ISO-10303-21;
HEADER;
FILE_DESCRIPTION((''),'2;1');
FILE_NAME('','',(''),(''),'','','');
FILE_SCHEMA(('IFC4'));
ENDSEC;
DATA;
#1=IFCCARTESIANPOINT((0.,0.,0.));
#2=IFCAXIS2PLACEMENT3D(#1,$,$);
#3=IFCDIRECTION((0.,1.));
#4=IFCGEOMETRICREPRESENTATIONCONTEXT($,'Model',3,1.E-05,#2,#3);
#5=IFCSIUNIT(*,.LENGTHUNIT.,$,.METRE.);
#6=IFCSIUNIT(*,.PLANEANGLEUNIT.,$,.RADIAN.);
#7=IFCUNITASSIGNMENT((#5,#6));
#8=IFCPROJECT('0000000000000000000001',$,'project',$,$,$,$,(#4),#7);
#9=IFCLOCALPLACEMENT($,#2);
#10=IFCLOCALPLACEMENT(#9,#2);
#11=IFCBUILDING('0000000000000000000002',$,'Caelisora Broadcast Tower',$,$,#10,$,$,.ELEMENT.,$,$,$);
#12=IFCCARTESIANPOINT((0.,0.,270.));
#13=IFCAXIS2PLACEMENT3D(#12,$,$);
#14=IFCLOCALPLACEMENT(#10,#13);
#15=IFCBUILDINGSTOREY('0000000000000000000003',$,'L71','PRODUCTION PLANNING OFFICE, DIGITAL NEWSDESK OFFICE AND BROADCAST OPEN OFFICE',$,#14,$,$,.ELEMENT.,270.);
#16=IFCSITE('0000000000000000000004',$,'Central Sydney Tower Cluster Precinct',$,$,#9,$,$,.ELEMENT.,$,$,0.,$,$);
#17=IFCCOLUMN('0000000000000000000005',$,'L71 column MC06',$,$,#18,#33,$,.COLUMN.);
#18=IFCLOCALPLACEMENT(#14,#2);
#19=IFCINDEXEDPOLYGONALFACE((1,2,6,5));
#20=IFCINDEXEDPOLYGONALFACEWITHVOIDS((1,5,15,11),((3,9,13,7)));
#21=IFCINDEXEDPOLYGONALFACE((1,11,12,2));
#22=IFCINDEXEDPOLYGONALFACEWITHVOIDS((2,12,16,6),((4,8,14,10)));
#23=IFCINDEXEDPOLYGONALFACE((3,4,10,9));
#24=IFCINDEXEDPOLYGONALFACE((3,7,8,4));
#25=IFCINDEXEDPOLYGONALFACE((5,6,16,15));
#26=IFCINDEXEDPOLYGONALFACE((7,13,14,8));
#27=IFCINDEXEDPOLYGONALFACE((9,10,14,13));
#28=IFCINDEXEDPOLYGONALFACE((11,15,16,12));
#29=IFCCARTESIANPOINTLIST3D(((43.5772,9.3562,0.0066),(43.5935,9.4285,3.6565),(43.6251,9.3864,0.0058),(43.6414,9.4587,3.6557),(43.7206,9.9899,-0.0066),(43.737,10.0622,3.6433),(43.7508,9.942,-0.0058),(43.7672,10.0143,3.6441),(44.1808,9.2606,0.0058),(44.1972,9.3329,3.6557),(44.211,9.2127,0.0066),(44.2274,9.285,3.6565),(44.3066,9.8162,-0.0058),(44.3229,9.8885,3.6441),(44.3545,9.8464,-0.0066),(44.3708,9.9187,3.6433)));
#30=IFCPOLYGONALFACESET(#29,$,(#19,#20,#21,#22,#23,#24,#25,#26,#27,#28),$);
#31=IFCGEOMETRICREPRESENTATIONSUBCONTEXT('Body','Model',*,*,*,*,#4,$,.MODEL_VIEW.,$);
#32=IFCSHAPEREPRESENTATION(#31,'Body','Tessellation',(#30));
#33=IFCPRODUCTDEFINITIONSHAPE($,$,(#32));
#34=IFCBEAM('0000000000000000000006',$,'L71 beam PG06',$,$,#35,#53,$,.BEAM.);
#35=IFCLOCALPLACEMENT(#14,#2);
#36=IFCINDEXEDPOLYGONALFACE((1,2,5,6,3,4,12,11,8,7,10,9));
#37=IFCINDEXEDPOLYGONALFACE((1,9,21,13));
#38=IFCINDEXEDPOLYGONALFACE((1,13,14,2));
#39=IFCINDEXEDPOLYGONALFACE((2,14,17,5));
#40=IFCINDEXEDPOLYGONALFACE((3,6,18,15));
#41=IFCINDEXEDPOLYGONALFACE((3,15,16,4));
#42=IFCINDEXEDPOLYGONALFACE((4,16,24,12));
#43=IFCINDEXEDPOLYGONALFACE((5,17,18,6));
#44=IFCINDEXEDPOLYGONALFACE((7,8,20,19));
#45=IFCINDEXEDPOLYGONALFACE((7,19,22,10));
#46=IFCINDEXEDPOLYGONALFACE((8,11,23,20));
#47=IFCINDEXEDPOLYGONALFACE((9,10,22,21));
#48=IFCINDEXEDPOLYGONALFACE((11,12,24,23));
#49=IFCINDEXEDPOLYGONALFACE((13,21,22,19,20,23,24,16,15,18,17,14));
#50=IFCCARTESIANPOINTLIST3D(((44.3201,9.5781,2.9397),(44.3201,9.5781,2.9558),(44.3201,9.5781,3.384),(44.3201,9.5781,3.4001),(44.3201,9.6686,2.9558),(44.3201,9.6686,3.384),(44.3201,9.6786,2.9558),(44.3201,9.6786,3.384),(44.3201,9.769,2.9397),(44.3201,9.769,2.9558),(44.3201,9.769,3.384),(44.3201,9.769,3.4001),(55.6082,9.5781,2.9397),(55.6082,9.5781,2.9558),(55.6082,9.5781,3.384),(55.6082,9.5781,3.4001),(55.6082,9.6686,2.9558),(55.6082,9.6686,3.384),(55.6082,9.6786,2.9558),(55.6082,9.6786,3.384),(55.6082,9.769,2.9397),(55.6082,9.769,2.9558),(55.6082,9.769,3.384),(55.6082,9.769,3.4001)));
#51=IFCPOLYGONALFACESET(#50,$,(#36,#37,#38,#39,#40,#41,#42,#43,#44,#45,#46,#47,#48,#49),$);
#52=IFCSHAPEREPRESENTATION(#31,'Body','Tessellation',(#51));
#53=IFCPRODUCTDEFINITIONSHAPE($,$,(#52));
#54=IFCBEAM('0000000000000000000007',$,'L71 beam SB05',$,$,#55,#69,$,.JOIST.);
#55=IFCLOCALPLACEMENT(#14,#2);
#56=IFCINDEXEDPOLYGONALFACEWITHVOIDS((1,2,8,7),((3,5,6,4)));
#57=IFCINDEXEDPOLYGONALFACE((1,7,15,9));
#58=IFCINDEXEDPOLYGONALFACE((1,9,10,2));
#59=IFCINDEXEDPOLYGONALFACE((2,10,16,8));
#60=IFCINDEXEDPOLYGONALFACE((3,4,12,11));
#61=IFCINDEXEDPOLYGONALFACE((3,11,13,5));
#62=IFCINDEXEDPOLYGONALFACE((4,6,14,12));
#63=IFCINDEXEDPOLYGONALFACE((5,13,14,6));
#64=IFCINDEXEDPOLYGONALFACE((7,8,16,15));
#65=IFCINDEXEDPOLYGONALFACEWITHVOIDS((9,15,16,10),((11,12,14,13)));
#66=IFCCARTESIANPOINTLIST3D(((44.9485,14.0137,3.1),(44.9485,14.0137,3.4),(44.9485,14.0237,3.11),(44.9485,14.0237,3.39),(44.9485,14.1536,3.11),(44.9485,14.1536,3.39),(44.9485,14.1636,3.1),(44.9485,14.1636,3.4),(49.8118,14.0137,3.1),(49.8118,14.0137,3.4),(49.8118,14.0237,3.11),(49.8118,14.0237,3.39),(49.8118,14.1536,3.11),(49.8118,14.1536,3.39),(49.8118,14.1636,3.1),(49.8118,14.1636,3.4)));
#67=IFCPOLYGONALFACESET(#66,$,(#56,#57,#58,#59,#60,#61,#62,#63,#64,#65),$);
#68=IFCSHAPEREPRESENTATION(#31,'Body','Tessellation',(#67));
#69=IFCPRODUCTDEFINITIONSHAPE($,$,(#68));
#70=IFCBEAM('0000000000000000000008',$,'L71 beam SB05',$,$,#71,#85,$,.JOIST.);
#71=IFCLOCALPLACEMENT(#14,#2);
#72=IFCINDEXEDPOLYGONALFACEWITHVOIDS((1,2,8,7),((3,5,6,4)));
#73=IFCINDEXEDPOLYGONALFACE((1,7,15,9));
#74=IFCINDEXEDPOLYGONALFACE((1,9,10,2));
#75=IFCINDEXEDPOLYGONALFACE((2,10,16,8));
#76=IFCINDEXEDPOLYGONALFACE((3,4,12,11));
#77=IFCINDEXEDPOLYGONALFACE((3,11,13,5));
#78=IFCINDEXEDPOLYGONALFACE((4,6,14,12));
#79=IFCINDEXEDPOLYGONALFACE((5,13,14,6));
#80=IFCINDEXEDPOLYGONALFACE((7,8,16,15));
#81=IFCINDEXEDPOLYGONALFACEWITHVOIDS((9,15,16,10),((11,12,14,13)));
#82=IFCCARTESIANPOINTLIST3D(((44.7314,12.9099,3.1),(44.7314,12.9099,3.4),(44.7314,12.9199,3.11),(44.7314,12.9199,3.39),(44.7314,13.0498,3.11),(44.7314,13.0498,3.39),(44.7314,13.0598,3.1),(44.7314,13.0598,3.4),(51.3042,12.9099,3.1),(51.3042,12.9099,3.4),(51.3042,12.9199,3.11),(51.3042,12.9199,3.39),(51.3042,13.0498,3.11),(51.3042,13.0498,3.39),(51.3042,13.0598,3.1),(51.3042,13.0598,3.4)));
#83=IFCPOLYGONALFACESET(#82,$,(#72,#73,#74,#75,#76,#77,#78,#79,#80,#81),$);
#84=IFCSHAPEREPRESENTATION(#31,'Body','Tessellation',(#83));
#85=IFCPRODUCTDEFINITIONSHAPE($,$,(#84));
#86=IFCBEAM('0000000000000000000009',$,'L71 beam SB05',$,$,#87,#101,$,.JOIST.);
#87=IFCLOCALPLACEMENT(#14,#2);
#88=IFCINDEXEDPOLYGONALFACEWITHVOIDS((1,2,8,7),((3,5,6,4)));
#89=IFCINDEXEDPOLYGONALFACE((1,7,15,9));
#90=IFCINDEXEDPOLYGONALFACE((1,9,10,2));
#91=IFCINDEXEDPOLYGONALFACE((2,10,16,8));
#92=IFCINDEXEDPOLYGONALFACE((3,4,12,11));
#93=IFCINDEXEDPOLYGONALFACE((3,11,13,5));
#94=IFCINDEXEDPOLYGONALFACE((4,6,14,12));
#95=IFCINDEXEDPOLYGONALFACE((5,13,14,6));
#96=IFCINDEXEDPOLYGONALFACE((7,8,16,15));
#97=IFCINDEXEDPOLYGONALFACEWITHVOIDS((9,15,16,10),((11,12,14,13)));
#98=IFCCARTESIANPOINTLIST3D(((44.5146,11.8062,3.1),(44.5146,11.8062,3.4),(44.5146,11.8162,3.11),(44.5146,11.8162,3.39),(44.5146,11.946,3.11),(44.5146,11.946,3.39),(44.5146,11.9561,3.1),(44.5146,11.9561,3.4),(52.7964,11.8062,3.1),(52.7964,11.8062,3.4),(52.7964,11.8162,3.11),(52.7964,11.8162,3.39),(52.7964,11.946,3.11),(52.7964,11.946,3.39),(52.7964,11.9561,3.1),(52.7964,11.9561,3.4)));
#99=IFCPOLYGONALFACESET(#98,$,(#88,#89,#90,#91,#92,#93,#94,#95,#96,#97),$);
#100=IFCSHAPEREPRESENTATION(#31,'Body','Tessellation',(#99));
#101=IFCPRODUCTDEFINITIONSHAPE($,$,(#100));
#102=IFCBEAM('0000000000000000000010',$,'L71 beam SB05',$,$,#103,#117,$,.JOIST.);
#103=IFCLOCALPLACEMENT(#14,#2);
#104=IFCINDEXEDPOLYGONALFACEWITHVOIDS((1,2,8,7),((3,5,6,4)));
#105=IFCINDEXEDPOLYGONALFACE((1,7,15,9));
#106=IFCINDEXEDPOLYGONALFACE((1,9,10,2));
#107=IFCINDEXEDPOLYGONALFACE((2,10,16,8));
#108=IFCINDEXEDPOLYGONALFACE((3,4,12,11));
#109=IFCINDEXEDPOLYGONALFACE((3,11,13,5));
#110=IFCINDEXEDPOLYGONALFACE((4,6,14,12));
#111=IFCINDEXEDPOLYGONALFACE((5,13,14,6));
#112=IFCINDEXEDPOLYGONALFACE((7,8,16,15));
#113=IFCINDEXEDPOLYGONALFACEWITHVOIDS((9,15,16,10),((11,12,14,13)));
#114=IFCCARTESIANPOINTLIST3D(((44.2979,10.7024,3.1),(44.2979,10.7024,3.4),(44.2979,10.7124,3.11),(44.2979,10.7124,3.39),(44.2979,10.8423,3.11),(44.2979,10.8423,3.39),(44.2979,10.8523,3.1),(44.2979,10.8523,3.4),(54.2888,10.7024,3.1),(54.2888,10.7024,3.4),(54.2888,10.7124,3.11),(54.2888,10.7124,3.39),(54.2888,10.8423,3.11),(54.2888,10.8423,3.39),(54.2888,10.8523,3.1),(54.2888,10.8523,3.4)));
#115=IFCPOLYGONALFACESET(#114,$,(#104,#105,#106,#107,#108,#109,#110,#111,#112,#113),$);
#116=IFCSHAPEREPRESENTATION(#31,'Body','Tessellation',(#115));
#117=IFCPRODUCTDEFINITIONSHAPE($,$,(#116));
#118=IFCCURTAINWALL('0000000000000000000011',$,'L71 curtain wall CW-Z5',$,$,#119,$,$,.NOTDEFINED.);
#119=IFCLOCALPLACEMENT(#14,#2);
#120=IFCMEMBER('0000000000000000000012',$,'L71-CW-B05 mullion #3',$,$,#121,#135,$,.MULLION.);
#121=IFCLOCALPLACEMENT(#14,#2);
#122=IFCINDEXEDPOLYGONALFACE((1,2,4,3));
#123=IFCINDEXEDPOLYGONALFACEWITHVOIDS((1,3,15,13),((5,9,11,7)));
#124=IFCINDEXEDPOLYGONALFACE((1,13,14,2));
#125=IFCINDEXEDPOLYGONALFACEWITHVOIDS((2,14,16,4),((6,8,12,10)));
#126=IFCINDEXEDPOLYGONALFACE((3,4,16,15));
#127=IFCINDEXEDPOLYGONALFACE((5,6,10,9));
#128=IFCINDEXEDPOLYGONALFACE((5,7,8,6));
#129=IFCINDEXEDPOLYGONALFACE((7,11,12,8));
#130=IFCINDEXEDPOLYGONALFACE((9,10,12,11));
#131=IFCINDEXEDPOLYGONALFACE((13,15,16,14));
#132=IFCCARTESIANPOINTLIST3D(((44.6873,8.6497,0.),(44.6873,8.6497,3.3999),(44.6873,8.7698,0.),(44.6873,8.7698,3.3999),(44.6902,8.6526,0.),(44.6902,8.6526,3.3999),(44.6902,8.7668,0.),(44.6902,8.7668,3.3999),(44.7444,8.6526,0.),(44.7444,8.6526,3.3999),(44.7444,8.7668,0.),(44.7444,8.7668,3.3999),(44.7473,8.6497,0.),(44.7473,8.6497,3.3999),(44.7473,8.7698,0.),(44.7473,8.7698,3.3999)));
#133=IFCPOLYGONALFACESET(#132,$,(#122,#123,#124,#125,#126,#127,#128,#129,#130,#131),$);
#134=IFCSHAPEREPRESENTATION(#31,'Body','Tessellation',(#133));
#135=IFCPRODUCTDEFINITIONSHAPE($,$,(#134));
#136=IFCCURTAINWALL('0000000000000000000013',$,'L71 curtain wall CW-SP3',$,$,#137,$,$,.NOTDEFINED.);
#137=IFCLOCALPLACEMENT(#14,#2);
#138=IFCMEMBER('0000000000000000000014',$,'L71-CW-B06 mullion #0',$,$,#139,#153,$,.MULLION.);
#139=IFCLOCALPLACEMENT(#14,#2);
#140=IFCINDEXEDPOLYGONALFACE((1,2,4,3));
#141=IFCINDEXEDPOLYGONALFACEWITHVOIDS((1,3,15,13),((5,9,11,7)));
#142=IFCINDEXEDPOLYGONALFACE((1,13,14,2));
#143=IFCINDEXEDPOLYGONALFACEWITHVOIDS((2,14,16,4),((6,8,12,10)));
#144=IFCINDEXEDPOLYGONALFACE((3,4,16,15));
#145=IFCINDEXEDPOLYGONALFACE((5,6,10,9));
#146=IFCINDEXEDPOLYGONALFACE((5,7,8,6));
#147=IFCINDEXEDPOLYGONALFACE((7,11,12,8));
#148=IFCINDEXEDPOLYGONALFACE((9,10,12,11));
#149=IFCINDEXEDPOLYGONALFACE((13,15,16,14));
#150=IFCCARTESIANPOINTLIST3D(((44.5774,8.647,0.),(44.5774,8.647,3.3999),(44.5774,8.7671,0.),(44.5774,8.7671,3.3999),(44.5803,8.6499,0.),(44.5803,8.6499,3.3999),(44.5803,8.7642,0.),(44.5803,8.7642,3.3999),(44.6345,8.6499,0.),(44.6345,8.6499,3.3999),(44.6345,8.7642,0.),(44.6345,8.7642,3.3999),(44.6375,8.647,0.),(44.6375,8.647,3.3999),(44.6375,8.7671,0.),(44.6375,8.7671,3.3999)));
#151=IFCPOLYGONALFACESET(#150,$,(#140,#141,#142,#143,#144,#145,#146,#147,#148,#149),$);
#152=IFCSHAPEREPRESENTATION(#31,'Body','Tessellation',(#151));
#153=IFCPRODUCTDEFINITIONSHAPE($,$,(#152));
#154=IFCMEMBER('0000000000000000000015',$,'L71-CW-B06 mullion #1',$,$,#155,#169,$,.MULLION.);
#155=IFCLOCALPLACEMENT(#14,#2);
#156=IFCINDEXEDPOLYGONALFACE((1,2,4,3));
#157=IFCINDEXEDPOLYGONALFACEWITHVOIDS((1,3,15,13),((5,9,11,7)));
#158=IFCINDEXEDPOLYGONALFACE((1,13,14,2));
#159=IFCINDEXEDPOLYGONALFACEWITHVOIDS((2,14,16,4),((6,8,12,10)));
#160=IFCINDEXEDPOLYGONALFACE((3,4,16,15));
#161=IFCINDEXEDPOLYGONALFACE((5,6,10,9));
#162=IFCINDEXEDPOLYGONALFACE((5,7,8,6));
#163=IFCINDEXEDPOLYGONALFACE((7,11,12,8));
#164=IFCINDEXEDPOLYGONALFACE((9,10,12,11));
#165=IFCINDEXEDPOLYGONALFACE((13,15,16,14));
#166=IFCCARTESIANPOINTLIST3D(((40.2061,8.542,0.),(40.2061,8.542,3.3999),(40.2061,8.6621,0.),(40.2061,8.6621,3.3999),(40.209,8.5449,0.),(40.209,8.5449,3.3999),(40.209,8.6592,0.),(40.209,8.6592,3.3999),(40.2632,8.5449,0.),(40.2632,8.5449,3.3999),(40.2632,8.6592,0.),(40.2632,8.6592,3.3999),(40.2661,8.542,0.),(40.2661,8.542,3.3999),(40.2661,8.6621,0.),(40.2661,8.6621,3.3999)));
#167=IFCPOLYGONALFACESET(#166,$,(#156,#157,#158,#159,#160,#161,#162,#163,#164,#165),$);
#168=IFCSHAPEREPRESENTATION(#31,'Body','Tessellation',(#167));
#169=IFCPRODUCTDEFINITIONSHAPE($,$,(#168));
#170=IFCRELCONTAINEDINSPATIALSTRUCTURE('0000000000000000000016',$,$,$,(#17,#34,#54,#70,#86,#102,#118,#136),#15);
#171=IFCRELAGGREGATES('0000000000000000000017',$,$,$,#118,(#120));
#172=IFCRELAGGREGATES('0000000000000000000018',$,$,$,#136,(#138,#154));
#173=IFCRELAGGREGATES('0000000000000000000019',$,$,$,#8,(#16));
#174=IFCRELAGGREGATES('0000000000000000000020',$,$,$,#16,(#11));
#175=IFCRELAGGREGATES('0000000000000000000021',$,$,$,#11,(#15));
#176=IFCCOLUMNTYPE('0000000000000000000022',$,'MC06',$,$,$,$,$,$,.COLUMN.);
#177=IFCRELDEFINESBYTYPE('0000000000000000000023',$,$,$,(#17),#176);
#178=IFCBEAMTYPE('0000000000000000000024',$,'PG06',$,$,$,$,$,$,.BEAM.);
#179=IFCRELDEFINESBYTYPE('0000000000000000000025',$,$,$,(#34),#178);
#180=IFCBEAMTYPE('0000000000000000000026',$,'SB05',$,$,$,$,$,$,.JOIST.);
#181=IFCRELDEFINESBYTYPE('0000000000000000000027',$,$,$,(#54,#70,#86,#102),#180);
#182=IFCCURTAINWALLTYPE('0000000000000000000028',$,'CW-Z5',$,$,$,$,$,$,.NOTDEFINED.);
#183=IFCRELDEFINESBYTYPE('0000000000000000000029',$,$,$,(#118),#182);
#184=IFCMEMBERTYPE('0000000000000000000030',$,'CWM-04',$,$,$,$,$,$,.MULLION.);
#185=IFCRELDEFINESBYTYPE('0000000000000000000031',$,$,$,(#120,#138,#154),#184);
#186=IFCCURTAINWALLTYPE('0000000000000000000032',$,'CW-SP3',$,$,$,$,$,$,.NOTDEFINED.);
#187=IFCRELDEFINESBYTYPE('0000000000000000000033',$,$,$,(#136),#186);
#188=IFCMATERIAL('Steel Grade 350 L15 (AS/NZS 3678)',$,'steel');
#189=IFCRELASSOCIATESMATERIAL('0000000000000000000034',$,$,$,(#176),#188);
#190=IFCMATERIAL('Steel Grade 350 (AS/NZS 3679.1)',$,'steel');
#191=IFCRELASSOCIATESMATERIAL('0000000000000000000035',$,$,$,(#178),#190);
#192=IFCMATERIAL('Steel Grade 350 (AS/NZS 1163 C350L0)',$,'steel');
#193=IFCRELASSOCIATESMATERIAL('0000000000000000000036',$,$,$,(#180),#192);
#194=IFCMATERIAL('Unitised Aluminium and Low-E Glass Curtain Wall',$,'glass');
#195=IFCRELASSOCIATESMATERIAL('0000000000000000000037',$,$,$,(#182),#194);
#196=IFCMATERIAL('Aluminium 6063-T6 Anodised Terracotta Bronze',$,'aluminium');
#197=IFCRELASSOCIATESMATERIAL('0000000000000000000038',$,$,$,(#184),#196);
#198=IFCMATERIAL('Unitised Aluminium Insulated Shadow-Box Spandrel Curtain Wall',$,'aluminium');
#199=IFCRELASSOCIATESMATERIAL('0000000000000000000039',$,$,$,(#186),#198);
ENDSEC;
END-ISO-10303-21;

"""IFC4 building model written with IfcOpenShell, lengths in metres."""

from ifc_helpers import new_model, si_unit, direction, frame, origin, origin_2d, place, context, subcontext, project, spatial, hollow_rectangle, i_section, extrude, source, transform, mapped, material, material_profile, profile_set, type_object, type_shapes, element, aggregate, save


model = new_model("IFC4")

# Units and contexts
model_context = context("Model", 3, precision=1e-05, world=origin(), true_north=direction((0.0, 1.0)))
body_context = subcontext(model_context, "Body", "Model", "MODEL_VIEW")
ifc_project = project(units=[si_unit("LENGTHUNIT", "METRE"), si_unit("PLANEANGLEUNIT", "RADIAN")], contexts=[model_context])

# Site, building, storey
site_placement = place(None, origin())
site = spatial("IfcSite", under=ifc_project, at=site_placement, Name="Central Sydney Tower Cluster Precinct", CompositionType="ELEMENT", RefElevation=0.0)
building_placement = place(site_placement, origin())
building = spatial("IfcBuilding", under=site, at=building_placement, Name="Caelisora Broadcast Tower", CompositionType="ELEMENT")
storey_placement = place(building_placement, frame((0.0, 0.0, 270.0)))
storey = spatial("IfcBuildingStorey", under=building, at=storey_placement, Name="L71", Description="PRODUCTION PLANNING OFFICE, DIGITAL NEWSDESK OFFICE AND BROADCAST OPEN OFFICE", CompositionType="ELEMENT", Elevation=270.0)

# Column
ifc_material_1 = material(Name="Steel Grade 350 L15 (AS/NZS 3678)", Category="steel")
ifc_material_profile_1 = material_profile(ifc_material_1, hollow_rectangle(XDim=0.6499, YDim=0.6499, WallThickness=0.04, at=origin_2d()), Name="Steel Grade 350 L15 (AS/NZS 3678)")
ifc_profile_set_1 = profile_set([ifc_material_profile_1], Name="Steel Grade 350 L15 (AS/NZS 3678)")
column_type = type_object("IfcColumnType", Name="MC06", PredefinedType="COLUMN", material=ifc_profile_set_1)
shared_shape_1 = source(origin(), body_context, "Body", "SweptSolid", [
    extrude(hollow_rectangle(XDim=0.6499, YDim=0.6499, WallThickness=0.04, at=origin_2d()), origin(), (0.0, 0.0, 1.0), 3.6506),
])
type_shapes(column_type, [shared_shape_1])
column_placement = place(storey_placement, frame((43.9658, 9.6013, 0.0), z_axis=(0.004481, 0.019795, 0.999794), x_axis=(-0.975327, 0.220767, 0.0)))
element("IfcColumn", 1, at=column_placement, inside=storey, type_object=column_type, Name="L71 column MC06", PredefinedType="COLUMN", context=body_context, shape_type="MappedRepresentation", body=[
    mapped(shared_shape_1, transform((0.0, 0.0, 0.0), scale=1.0)),
])

# Beams
ifc_material_2 = material(Name="Steel Grade 350 (AS/NZS 3679.1)", Category="steel")
ifc_material_profile_2 = material_profile(ifc_material_2, i_section(OverallWidth=0.1909, OverallDepth=0.4604, WebThickness=0.01, FlangeThickness=0.0161, at=origin_2d()), Name="Steel Grade 350 (AS/NZS 3679.1)")
ifc_profile_set_2 = profile_set([ifc_material_profile_2], Name="Steel Grade 350 (AS/NZS 3679.1)")
beam_type_1 = type_object("IfcBeamType", Name="PG06", PredefinedType="BEAM", material=ifc_profile_set_2)
shared_shape_2 = source(origin(), body_context, "Body", "SweptSolid", [
    extrude(i_section(OverallWidth=0.1909, OverallDepth=0.4604, WebThickness=0.01, FlangeThickness=0.0161, at=origin_2d()), origin(), (0.0, 0.0, 1.0), 11.2881),
])
type_shapes(beam_type_1, [shared_shape_2])
beam_1_placement = place(storey_placement, frame((44.3201, 9.6736, 3.1699), z_axis=(1.0, 0.0, 0.0), x_axis=(0.0, 1.0, 0.0)))
element("IfcBeam", 2, at=beam_1_placement, inside=storey, type_object=beam_type_1, Name="L71 beam PG06", PredefinedType="BEAM", context=body_context, shape_type="MappedRepresentation", body=[
    mapped(shared_shape_2, transform((0.0, 0.0, 0.0), scale=1.0)),
])
ifc_material_3 = material(Name="Steel Grade 350 (AS/NZS 1163 C350L0)", Category="steel")
ifc_material_profile_3 = material_profile(ifc_material_3, hollow_rectangle(XDim=0.1499, YDim=0.3, WallThickness=0.01, at=origin_2d()), Name="Steel Grade 350 (AS/NZS 1163 C350L0)")
ifc_profile_set_3 = profile_set([ifc_material_profile_3], Name="Steel Grade 350 (AS/NZS 1163 C350L0)")
beam_type_2 = type_object("IfcBeamType", Name="SB05", PredefinedType="JOIST", material=ifc_profile_set_3)
shared_shape_3 = source(origin(), body_context, "Body", "SweptSolid", [
    extrude(hollow_rectangle(XDim=0.1499, YDim=0.3, WallThickness=0.01, at=origin_2d()), origin(), (0.0, 0.0, 1.0), 4.8633),
])
beam_2_placement = place(storey_placement, frame((44.9485, 14.0886, 3.25), z_axis=(1.0, 0.0, 0.0), x_axis=(0.0, 1.0, 0.0)))
element("IfcBeam", 3, at=beam_2_placement, inside=storey, type_object=beam_type_2, Name="L71 beam SB05", PredefinedType="JOIST", context=body_context, shape_type="MappedRepresentation", body=[
    mapped(shared_shape_3, transform((0.0, 0.0, 0.0), scale=1.0)),
])
shared_shape_4 = source(origin(), body_context, "Body", "SweptSolid", [
    extrude(hollow_rectangle(XDim=0.1499, YDim=0.3, WallThickness=0.01, at=origin_2d()), origin(), (0.0, 0.0, 1.0), 6.5728),
])
beam_3_placement = place(storey_placement, frame((44.7314, 12.9849, 3.25), z_axis=(1.0, 0.0, 0.0), x_axis=(0.0, 1.0, 0.0)))
element("IfcBeam", 4, at=beam_3_placement, inside=storey, type_object=beam_type_2, Name="L71 beam SB05", PredefinedType="JOIST", context=body_context, shape_type="MappedRepresentation", body=[
    mapped(shared_shape_4, transform((0.0, 0.0, 0.0), scale=1.0)),
])
shared_shape_5 = source(origin(), body_context, "Body", "SweptSolid", [
    extrude(hollow_rectangle(XDim=0.1499, YDim=0.3, WallThickness=0.01, at=origin_2d()), origin(), (0.0, 0.0, 1.0), 8.2817),
])
beam_4_placement = place(storey_placement, frame((44.5146, 11.8811, 3.25), z_axis=(1.0, 0.0, 0.0), x_axis=(0.0, 1.0, 0.0)))
element("IfcBeam", 5, at=beam_4_placement, inside=storey, type_object=beam_type_2, Name="L71 beam SB05", PredefinedType="JOIST", context=body_context, shape_type="MappedRepresentation", body=[
    mapped(shared_shape_5, transform((0.0, 0.0, 0.0), scale=1.0)),
])
shared_shape_6 = source(origin(), body_context, "Body", "SweptSolid", [
    extrude(hollow_rectangle(XDim=0.1499, YDim=0.3, WallThickness=0.01, at=origin_2d()), origin(), (0.0, 0.0, 1.0), 9.991),
])
type_shapes(beam_type_2, [shared_shape_3, shared_shape_4, shared_shape_5, shared_shape_6])
beam_5_placement = place(storey_placement, frame((44.2979, 10.7773, 3.25), z_axis=(1.0, 0.0, 0.0), x_axis=(0.0, 1.0, 0.0)))
element("IfcBeam", 6, at=beam_5_placement, inside=storey, type_object=beam_type_2, Name="L71 beam SB05", PredefinedType="JOIST", context=body_context, shape_type="MappedRepresentation", body=[
    mapped(shared_shape_6, transform((0.0, 0.0, 0.0), scale=1.0)),
])

# Curtain wall, member
ifc_material_4 = material(Name="Unitised Aluminium and Low-E Glass Curtain Wall", Category="glass")
curtain_wall_type_1 = type_object("IfcCurtainWallType", Name="CW-Z5", PredefinedType="NOTDEFINED", material=ifc_material_4)
curtain_wall_1_placement = place(storey_placement, origin())
curtain_wall_1 = element("IfcCurtainWall", 7, at=curtain_wall_1_placement, inside=storey, type_object=curtain_wall_type_1, Name="L71 curtain wall CW-Z5", PredefinedType="NOTDEFINED")
ifc_material_5 = material(Name="Aluminium 6063-T6 Anodised Terracotta Bronze", Category="aluminium")
ifc_material_profile_4 = material_profile(ifc_material_5, hollow_rectangle(XDim=0.0601, YDim=0.1201, WallThickness=0.0029, at=origin_2d()), Name="Aluminium 6063-T6 Anodised Terracotta Bronze")
ifc_profile_set_4 = profile_set([ifc_material_profile_4], Name="Aluminium 6063-T6 Anodised Terracotta Bronze")
member_type_1 = type_object("IfcMemberType", Name="CWM-04", PredefinedType="MULLION", material=ifc_profile_set_4)
shared_shape_7 = source(origin(), body_context, "Body", "SweptSolid", [
    extrude(hollow_rectangle(XDim=0.0601, YDim=0.1201, WallThickness=0.0029, at=origin_2d()), origin(), (0.0, 0.0, 1.0), 3.3999),
])
type_shapes(member_type_1, [shared_shape_7])
member_1_placement = place(storey_placement, frame((44.7173, 8.7097, 0.0), z_axis=(0.0, 0.0, 1.0), x_axis=(1.0, 0.0, 0.0)))
member_1 = element("IfcMember", 8, at=member_1_placement, type_object=member_type_1, Name="L71-CW-B05 mullion #3", PredefinedType="MULLION", context=body_context, shape_type="MappedRepresentation", body=[
    mapped(shared_shape_7, transform((0.0, 0.0, 0.0), scale=1.0)),
])
aggregate(curtain_wall_1, [member_1])

# Curtain wall, members
ifc_material_6 = material(Name="Unitised Aluminium Insulated Shadow-Box Spandrel Curtain Wall", Category="aluminium")
curtain_wall_type_2 = type_object("IfcCurtainWallType", Name="CW-SP3", PredefinedType="NOTDEFINED", material=ifc_material_6)
curtain_wall_2_placement = place(storey_placement, origin())
curtain_wall_2 = element("IfcCurtainWall", 9, at=curtain_wall_2_placement, inside=storey, type_object=curtain_wall_type_2, Name="L71 curtain wall CW-SP3", PredefinedType="NOTDEFINED")
member_2_placement = place(storey_placement, frame((44.6074, 8.707, 0.0), z_axis=(0.0, 0.0, 1.0), x_axis=(1.0, 0.0, 0.0)))
member_2 = element("IfcMember", 10, at=member_2_placement, type_object=member_type_1, Name="L71-CW-B06 mullion #0", PredefinedType="MULLION", context=body_context, shape_type="MappedRepresentation", body=[
    mapped(shared_shape_7, transform((0.0, 0.0, 0.0), scale=1.0)),
])
member_3_placement = place(storey_placement, frame((40.2361, 8.6021, 0.0), z_axis=(0.0, 0.0, 1.0), x_axis=(1.0, 0.0, 0.0)))
member_3 = element("IfcMember", 11, at=member_3_placement, type_object=member_type_1, Name="L71-CW-B06 mullion #1", PredefinedType="MULLION", context=body_context, shape_type="MappedRepresentation", body=[
    mapped(shared_shape_7, transform((0.0, 0.0, 0.0), scale=1.0)),
])

aggregate(curtain_wall_2, [member_2, member_3])

save(model, "model.ifc")
